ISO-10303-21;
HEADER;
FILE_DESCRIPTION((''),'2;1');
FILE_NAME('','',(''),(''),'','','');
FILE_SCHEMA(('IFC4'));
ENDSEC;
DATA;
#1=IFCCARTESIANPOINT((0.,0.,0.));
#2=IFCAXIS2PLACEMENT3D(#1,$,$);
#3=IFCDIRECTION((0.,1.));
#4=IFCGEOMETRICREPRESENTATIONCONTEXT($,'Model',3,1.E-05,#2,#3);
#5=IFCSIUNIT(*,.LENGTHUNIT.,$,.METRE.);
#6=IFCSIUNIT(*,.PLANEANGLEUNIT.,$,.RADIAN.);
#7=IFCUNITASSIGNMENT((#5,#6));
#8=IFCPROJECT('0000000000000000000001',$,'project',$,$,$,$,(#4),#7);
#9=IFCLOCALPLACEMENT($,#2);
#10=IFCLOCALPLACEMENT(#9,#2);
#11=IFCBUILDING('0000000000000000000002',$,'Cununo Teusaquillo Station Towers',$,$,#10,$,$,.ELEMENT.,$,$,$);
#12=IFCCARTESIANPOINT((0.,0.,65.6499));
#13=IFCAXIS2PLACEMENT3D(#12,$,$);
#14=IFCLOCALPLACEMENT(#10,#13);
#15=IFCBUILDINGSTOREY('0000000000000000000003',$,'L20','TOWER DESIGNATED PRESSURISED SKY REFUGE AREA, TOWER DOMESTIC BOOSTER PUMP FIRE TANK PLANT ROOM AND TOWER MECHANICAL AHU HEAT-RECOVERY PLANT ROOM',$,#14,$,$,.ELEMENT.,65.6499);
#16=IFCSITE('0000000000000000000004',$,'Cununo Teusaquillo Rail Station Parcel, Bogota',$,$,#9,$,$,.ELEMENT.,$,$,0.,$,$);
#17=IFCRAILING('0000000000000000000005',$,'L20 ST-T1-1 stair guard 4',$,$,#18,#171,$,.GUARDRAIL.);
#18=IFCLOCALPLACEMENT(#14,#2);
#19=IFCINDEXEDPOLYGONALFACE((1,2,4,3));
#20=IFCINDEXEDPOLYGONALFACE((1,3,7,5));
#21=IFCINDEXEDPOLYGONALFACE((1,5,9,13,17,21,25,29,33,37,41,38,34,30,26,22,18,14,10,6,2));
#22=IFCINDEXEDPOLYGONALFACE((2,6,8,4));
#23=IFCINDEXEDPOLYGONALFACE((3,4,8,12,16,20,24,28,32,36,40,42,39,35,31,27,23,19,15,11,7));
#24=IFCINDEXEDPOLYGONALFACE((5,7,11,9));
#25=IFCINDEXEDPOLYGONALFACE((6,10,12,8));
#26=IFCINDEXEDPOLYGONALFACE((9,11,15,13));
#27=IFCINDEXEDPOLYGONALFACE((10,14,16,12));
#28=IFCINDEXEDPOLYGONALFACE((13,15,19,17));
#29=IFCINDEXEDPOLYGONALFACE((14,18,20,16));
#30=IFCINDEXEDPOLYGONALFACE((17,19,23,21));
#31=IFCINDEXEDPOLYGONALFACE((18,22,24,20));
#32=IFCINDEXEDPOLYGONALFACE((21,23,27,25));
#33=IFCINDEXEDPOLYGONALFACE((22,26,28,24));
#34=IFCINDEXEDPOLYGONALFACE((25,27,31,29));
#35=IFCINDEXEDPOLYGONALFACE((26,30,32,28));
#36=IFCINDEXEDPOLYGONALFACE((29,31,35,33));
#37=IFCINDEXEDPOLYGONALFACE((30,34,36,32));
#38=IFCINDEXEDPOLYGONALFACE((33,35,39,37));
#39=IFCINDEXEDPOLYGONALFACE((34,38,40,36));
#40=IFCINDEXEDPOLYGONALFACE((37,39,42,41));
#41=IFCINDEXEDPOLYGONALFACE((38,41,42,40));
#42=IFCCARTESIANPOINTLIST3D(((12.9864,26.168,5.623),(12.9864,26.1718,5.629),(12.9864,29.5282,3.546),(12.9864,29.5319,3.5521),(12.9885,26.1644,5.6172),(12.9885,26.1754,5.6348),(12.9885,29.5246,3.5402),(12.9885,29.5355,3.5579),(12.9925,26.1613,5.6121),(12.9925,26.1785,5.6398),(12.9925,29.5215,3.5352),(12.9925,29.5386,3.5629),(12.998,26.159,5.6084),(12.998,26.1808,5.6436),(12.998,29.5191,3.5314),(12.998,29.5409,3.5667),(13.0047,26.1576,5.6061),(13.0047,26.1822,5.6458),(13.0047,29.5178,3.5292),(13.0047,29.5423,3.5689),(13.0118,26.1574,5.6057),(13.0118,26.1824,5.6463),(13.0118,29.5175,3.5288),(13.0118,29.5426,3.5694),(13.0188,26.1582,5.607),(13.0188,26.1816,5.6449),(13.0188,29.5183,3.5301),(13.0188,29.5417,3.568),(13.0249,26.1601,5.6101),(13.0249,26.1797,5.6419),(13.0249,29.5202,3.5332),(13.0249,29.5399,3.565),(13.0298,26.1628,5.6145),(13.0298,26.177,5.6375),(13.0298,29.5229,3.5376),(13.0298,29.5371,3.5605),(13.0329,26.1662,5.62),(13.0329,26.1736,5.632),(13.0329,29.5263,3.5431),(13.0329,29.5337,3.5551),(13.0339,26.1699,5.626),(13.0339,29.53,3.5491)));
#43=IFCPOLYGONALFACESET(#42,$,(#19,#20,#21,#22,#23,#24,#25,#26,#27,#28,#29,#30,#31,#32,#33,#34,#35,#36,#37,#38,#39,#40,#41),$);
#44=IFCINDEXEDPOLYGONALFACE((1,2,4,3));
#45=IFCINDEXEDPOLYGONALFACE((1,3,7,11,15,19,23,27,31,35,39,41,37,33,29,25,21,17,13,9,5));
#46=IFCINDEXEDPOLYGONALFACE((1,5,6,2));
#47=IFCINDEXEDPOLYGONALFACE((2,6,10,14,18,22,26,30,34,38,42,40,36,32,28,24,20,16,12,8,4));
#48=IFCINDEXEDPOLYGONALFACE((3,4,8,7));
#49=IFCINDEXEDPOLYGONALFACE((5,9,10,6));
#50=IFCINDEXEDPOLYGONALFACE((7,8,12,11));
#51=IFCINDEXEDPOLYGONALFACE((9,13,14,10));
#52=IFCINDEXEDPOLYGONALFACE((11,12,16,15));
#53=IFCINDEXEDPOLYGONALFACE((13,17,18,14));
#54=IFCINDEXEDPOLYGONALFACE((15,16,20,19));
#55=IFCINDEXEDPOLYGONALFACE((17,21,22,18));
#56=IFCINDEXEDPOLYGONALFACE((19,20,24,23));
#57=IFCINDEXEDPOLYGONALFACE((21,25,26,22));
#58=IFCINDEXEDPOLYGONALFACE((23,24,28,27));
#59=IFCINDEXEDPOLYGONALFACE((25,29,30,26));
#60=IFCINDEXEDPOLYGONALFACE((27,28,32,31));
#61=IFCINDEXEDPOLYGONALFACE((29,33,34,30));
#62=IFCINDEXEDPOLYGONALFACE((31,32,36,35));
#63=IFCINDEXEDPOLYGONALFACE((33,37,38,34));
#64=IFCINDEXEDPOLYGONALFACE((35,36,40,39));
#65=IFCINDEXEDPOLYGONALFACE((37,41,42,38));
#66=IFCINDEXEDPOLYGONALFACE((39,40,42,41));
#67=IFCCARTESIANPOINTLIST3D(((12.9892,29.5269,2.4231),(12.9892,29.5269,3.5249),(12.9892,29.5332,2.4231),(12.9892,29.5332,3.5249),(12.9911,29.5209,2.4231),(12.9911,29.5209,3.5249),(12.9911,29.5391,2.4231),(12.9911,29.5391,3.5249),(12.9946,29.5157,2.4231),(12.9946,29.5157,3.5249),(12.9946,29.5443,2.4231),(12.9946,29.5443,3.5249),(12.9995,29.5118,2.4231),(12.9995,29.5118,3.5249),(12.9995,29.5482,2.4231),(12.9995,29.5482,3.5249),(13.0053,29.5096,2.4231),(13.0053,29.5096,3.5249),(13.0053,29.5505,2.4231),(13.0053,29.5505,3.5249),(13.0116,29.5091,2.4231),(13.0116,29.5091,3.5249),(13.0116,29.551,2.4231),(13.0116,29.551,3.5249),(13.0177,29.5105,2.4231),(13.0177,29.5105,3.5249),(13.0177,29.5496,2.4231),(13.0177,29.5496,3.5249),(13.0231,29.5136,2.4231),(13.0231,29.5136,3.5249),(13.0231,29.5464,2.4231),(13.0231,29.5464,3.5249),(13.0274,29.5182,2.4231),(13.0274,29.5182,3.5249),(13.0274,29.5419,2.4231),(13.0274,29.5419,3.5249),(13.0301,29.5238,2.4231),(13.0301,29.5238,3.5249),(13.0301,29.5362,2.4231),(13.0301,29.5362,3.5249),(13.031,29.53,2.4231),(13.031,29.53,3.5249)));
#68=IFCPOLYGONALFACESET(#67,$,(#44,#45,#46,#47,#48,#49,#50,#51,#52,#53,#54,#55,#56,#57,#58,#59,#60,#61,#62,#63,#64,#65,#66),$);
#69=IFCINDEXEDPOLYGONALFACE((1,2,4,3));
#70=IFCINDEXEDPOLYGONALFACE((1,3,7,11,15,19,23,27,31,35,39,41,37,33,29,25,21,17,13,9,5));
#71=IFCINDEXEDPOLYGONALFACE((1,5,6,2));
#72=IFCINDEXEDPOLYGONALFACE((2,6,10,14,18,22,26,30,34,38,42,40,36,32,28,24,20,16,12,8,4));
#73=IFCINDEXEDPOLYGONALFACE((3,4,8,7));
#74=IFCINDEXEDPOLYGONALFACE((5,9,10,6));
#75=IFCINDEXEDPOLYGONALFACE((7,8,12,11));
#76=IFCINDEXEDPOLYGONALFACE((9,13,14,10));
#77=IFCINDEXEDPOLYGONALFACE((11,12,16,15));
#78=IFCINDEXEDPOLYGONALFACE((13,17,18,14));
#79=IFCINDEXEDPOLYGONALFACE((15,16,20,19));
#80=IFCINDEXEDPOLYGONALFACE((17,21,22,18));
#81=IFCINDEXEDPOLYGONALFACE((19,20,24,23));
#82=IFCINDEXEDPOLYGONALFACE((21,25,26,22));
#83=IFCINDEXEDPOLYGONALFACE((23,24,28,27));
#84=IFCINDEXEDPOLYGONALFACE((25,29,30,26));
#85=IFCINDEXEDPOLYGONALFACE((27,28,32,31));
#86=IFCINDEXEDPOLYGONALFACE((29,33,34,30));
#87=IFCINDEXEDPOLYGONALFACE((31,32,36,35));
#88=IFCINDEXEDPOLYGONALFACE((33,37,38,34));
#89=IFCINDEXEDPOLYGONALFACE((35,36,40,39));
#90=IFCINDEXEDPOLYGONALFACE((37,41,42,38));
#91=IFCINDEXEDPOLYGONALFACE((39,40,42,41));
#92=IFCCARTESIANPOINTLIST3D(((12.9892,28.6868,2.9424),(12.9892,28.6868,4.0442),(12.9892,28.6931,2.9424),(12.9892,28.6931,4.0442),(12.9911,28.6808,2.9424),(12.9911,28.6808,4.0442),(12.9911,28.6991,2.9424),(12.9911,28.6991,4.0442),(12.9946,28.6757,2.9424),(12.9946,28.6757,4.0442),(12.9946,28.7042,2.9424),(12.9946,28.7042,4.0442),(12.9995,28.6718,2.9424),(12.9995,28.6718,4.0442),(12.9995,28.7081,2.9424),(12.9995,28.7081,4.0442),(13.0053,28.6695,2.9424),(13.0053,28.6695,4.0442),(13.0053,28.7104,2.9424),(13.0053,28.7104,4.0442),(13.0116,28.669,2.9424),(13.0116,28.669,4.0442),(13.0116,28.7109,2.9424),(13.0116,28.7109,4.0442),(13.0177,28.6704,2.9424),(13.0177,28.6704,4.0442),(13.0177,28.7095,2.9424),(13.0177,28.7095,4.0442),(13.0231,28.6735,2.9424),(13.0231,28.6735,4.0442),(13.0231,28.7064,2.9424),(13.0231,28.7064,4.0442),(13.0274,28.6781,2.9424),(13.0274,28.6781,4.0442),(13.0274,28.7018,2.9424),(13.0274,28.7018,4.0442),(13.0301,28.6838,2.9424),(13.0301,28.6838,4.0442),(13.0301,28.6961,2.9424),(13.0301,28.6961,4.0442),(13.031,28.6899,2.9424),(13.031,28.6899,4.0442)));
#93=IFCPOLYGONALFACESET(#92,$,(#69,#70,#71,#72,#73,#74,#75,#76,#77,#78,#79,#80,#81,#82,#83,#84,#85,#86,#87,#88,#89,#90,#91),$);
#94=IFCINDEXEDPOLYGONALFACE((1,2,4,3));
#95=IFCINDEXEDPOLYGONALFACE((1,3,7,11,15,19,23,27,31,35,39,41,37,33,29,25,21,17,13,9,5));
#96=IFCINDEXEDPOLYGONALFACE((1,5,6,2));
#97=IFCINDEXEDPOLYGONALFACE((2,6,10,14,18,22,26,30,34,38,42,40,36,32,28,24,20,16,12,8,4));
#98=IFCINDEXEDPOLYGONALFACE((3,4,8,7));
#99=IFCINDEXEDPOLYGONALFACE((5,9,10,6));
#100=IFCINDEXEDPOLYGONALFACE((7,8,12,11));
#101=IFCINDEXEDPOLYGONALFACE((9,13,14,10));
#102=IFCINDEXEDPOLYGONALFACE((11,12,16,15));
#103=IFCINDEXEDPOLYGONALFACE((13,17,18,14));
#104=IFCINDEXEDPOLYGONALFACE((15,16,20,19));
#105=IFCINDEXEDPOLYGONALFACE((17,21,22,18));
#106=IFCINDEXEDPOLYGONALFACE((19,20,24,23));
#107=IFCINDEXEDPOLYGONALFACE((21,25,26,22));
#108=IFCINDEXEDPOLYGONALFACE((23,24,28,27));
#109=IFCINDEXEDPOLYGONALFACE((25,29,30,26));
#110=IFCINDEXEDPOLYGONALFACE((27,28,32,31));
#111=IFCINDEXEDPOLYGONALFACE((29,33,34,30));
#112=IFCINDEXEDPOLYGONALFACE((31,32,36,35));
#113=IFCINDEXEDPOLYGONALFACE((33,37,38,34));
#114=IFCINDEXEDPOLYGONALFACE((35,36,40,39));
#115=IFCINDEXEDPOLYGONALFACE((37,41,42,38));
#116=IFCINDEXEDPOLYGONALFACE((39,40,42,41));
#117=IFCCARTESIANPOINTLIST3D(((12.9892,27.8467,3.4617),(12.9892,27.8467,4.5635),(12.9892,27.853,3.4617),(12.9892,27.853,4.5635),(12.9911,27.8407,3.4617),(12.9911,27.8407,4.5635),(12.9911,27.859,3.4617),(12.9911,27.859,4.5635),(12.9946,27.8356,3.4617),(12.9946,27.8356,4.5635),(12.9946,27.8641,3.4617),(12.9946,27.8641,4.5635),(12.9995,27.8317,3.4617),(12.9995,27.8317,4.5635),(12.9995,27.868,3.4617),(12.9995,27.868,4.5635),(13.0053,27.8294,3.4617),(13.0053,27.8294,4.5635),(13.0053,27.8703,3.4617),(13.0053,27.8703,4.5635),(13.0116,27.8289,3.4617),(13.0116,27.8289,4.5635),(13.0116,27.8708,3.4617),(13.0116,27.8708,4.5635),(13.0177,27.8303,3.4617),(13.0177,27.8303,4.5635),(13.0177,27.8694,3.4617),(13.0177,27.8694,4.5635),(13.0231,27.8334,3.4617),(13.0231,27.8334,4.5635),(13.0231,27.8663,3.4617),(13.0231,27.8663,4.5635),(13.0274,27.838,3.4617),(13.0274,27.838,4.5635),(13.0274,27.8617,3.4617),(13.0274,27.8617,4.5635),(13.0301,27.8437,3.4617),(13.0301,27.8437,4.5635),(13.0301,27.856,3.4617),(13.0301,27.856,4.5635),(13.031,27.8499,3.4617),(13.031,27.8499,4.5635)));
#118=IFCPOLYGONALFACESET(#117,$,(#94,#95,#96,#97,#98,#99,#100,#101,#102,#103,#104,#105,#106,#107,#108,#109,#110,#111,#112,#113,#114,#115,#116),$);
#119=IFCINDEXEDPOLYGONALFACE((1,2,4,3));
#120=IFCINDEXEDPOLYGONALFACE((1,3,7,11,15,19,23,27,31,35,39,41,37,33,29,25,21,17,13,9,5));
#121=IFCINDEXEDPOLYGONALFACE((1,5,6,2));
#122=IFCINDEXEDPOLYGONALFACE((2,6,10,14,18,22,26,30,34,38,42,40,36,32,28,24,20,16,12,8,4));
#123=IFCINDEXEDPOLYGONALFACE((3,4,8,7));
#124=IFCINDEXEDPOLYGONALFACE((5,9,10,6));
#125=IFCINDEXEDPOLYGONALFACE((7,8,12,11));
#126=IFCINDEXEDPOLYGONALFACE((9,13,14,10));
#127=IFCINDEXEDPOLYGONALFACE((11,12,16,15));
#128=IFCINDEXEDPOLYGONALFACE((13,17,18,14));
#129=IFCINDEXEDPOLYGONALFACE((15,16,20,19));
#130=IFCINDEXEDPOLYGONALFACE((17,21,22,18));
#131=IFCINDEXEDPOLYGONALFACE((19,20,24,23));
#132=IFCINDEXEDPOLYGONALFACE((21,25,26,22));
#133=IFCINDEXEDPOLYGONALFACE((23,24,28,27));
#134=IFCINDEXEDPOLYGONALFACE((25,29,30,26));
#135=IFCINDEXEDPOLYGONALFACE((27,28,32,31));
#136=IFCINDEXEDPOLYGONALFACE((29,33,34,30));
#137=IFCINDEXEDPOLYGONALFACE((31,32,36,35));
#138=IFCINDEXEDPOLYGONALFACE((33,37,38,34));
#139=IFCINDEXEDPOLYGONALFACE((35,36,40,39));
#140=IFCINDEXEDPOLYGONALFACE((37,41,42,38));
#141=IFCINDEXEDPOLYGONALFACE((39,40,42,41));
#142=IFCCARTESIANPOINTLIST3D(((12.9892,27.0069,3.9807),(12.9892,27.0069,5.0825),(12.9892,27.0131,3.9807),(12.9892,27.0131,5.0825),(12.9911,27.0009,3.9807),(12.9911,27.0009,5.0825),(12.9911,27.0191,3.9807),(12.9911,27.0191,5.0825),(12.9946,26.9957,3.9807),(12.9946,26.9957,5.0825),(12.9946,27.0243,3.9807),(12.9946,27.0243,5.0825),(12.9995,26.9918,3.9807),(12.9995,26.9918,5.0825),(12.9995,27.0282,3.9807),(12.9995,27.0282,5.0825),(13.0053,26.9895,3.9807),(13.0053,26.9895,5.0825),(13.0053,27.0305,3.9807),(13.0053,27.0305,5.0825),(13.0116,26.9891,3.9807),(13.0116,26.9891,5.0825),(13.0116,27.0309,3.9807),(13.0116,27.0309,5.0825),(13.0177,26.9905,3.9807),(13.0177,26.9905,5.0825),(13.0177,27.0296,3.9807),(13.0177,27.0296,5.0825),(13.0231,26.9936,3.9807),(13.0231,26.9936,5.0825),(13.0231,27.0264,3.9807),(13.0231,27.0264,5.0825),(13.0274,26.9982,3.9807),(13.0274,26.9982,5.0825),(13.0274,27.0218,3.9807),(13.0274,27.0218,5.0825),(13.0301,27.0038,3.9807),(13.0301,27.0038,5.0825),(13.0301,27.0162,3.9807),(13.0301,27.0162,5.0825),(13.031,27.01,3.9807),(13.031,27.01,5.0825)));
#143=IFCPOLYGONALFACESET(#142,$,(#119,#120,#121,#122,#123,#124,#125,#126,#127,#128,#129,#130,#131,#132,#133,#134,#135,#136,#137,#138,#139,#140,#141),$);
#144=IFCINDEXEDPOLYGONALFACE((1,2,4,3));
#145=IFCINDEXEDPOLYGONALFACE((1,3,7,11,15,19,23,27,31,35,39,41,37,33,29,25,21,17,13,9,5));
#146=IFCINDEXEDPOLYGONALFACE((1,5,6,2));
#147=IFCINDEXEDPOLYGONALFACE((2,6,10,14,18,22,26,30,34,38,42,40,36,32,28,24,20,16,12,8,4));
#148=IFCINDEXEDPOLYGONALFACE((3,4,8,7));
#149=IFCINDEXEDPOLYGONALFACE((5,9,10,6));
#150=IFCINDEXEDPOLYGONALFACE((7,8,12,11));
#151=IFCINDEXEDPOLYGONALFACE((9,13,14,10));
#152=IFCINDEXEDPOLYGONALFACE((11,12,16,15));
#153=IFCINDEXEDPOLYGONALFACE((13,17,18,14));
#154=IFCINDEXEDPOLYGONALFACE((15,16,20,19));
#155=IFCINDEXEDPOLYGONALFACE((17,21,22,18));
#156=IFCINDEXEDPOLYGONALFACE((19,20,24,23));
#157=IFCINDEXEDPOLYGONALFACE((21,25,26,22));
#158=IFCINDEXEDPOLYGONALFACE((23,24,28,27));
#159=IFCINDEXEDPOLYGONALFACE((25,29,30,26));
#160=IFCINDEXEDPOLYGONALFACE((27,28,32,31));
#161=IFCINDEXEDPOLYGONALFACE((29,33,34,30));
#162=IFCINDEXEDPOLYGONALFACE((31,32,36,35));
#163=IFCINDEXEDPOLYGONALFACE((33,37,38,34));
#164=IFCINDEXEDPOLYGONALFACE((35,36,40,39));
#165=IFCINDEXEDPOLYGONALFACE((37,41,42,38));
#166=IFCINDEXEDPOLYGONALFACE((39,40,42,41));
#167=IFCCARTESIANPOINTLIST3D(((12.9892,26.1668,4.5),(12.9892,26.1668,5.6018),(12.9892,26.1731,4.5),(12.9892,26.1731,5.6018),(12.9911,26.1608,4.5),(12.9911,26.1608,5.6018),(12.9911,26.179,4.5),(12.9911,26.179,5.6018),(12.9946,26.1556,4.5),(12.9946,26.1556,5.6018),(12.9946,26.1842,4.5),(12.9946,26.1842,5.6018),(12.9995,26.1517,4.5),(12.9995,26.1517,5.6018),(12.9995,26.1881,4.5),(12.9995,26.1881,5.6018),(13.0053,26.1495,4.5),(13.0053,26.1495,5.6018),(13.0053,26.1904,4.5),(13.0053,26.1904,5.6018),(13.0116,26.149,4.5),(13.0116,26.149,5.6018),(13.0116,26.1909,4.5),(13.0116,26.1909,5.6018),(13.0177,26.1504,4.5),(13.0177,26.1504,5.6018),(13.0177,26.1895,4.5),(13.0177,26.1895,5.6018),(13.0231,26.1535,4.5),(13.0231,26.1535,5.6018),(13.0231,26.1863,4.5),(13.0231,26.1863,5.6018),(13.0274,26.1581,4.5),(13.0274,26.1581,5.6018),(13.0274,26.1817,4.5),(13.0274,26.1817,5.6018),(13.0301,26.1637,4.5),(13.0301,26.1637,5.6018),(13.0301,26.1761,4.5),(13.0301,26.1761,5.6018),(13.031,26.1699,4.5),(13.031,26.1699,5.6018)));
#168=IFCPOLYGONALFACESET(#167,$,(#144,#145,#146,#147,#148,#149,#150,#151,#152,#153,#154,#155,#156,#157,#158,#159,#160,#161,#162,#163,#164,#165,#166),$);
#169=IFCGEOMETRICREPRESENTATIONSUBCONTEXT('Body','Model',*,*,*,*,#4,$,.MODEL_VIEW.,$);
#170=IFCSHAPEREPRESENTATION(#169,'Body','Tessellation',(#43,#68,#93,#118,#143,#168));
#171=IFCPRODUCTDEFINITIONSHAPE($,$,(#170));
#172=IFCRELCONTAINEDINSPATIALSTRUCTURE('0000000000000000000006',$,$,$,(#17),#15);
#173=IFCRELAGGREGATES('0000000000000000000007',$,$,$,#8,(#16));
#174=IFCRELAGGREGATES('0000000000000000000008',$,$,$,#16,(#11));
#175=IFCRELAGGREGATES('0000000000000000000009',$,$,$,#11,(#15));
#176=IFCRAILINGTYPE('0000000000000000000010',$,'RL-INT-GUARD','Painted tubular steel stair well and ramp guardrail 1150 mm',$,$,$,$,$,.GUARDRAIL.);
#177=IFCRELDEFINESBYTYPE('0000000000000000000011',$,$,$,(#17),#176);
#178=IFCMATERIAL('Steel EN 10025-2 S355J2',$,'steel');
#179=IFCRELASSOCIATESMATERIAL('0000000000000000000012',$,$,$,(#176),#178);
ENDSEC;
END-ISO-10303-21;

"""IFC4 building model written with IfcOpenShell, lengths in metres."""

from ifc_helpers import new_model, si_unit, direction, frame, origin, origin_2d, place, context, subcontext, project, spatial, circle, extrude, material, type_object, element, save


model = new_model("IFC4")

# Units and contexts
model_context = context("Model", 3, precision=1e-05, world=origin(), true_north=direction((0.0, 1.0)))
body_context = subcontext(model_context, "Body", "Model", "MODEL_VIEW")
ifc_project = project(units=[si_unit("LENGTHUNIT", "METRE"), si_unit("PLANEANGLEUNIT", "RADIAN")], contexts=[model_context])

# Site, building, storey
site_placement = place(None, origin())
site = spatial("IfcSite", under=ifc_project, at=site_placement, Name="Cununo Teusaquillo Rail Station Parcel, Bogota", CompositionType="ELEMENT", RefElevation=0.0)
building_placement = place(site_placement, origin())
building = spatial("IfcBuilding", under=site, at=building_placement, Name="Cununo Teusaquillo Station Towers", CompositionType="ELEMENT")
storey_placement = place(building_placement, frame((0.0, 0.0, 65.6499)))
storey = spatial("IfcBuildingStorey", under=building, at=storey_placement, Name="L20", Description="TOWER DESIGNATED PRESSURISED SKY REFUGE AREA, TOWER DOMESTIC BOOSTER PUMP FIRE TANK PLANT ROOM AND TOWER MECHANICAL AHU HEAT-RECOVERY PLANT ROOM", CompositionType="ELEMENT", Elevation=65.6499)

# Railing
ifc_material_1 = material(Name="Steel EN 10025-2 S355J2", Category="steel")
railing_type_1 = type_object("IfcRailingType", Name="RL-INT-GUARD", Description="Painted tubular steel stair well and ramp guardrail 1150 mm", PredefinedType="GUARDRAIL", material=ifc_material_1)
railing_1_placement = place(storey_placement, frame((13.01, 29.53, 2.4231)))
element("IfcRailing", 1, at=railing_1_placement, inside=storey, type_object=railing_type_1, Name="L20 ST-T1-1 stair guard 4", PredefinedType="GUARDRAIL", context=body_context, shape_type="SweptSolid", body=[
    extrude(circle(Radius=0.0239, at=origin_2d()), frame((0.0, 0.0, 1.126), z_axis=(0.0, -0.850623, 0.525776), x_axis=(1.0, 0.0, 0.0)), (0.0, 0.0, 1.0), 3.9502),
    extrude(circle(Radius=0.021, at=origin_2d()), origin(), (0.0, 0.0, 1.0), 1.1018),
    extrude(circle(Radius=0.021, at=origin_2d()), frame((0.0, -0.8401, 0.5193)), (0.0, 0.0, 1.0), 1.1018),
    extrude(circle(Radius=0.021, at=origin_2d()), frame((0.0, -1.6802, 1.0386)), (0.0, 0.0, 1.0), 1.1018),
    extrude(circle(Radius=0.021, at=origin_2d()), frame((0.0, -2.52, 1.5576)), (0.0, 0.0, 1.0), 1.1018),
    extrude(circle(Radius=0.021, at=origin_2d()), frame((0.0, -3.3601, 2.0769)), (0.0, 0.0, 1.0), 1.1018),
])

save(model, "model.ifc")
